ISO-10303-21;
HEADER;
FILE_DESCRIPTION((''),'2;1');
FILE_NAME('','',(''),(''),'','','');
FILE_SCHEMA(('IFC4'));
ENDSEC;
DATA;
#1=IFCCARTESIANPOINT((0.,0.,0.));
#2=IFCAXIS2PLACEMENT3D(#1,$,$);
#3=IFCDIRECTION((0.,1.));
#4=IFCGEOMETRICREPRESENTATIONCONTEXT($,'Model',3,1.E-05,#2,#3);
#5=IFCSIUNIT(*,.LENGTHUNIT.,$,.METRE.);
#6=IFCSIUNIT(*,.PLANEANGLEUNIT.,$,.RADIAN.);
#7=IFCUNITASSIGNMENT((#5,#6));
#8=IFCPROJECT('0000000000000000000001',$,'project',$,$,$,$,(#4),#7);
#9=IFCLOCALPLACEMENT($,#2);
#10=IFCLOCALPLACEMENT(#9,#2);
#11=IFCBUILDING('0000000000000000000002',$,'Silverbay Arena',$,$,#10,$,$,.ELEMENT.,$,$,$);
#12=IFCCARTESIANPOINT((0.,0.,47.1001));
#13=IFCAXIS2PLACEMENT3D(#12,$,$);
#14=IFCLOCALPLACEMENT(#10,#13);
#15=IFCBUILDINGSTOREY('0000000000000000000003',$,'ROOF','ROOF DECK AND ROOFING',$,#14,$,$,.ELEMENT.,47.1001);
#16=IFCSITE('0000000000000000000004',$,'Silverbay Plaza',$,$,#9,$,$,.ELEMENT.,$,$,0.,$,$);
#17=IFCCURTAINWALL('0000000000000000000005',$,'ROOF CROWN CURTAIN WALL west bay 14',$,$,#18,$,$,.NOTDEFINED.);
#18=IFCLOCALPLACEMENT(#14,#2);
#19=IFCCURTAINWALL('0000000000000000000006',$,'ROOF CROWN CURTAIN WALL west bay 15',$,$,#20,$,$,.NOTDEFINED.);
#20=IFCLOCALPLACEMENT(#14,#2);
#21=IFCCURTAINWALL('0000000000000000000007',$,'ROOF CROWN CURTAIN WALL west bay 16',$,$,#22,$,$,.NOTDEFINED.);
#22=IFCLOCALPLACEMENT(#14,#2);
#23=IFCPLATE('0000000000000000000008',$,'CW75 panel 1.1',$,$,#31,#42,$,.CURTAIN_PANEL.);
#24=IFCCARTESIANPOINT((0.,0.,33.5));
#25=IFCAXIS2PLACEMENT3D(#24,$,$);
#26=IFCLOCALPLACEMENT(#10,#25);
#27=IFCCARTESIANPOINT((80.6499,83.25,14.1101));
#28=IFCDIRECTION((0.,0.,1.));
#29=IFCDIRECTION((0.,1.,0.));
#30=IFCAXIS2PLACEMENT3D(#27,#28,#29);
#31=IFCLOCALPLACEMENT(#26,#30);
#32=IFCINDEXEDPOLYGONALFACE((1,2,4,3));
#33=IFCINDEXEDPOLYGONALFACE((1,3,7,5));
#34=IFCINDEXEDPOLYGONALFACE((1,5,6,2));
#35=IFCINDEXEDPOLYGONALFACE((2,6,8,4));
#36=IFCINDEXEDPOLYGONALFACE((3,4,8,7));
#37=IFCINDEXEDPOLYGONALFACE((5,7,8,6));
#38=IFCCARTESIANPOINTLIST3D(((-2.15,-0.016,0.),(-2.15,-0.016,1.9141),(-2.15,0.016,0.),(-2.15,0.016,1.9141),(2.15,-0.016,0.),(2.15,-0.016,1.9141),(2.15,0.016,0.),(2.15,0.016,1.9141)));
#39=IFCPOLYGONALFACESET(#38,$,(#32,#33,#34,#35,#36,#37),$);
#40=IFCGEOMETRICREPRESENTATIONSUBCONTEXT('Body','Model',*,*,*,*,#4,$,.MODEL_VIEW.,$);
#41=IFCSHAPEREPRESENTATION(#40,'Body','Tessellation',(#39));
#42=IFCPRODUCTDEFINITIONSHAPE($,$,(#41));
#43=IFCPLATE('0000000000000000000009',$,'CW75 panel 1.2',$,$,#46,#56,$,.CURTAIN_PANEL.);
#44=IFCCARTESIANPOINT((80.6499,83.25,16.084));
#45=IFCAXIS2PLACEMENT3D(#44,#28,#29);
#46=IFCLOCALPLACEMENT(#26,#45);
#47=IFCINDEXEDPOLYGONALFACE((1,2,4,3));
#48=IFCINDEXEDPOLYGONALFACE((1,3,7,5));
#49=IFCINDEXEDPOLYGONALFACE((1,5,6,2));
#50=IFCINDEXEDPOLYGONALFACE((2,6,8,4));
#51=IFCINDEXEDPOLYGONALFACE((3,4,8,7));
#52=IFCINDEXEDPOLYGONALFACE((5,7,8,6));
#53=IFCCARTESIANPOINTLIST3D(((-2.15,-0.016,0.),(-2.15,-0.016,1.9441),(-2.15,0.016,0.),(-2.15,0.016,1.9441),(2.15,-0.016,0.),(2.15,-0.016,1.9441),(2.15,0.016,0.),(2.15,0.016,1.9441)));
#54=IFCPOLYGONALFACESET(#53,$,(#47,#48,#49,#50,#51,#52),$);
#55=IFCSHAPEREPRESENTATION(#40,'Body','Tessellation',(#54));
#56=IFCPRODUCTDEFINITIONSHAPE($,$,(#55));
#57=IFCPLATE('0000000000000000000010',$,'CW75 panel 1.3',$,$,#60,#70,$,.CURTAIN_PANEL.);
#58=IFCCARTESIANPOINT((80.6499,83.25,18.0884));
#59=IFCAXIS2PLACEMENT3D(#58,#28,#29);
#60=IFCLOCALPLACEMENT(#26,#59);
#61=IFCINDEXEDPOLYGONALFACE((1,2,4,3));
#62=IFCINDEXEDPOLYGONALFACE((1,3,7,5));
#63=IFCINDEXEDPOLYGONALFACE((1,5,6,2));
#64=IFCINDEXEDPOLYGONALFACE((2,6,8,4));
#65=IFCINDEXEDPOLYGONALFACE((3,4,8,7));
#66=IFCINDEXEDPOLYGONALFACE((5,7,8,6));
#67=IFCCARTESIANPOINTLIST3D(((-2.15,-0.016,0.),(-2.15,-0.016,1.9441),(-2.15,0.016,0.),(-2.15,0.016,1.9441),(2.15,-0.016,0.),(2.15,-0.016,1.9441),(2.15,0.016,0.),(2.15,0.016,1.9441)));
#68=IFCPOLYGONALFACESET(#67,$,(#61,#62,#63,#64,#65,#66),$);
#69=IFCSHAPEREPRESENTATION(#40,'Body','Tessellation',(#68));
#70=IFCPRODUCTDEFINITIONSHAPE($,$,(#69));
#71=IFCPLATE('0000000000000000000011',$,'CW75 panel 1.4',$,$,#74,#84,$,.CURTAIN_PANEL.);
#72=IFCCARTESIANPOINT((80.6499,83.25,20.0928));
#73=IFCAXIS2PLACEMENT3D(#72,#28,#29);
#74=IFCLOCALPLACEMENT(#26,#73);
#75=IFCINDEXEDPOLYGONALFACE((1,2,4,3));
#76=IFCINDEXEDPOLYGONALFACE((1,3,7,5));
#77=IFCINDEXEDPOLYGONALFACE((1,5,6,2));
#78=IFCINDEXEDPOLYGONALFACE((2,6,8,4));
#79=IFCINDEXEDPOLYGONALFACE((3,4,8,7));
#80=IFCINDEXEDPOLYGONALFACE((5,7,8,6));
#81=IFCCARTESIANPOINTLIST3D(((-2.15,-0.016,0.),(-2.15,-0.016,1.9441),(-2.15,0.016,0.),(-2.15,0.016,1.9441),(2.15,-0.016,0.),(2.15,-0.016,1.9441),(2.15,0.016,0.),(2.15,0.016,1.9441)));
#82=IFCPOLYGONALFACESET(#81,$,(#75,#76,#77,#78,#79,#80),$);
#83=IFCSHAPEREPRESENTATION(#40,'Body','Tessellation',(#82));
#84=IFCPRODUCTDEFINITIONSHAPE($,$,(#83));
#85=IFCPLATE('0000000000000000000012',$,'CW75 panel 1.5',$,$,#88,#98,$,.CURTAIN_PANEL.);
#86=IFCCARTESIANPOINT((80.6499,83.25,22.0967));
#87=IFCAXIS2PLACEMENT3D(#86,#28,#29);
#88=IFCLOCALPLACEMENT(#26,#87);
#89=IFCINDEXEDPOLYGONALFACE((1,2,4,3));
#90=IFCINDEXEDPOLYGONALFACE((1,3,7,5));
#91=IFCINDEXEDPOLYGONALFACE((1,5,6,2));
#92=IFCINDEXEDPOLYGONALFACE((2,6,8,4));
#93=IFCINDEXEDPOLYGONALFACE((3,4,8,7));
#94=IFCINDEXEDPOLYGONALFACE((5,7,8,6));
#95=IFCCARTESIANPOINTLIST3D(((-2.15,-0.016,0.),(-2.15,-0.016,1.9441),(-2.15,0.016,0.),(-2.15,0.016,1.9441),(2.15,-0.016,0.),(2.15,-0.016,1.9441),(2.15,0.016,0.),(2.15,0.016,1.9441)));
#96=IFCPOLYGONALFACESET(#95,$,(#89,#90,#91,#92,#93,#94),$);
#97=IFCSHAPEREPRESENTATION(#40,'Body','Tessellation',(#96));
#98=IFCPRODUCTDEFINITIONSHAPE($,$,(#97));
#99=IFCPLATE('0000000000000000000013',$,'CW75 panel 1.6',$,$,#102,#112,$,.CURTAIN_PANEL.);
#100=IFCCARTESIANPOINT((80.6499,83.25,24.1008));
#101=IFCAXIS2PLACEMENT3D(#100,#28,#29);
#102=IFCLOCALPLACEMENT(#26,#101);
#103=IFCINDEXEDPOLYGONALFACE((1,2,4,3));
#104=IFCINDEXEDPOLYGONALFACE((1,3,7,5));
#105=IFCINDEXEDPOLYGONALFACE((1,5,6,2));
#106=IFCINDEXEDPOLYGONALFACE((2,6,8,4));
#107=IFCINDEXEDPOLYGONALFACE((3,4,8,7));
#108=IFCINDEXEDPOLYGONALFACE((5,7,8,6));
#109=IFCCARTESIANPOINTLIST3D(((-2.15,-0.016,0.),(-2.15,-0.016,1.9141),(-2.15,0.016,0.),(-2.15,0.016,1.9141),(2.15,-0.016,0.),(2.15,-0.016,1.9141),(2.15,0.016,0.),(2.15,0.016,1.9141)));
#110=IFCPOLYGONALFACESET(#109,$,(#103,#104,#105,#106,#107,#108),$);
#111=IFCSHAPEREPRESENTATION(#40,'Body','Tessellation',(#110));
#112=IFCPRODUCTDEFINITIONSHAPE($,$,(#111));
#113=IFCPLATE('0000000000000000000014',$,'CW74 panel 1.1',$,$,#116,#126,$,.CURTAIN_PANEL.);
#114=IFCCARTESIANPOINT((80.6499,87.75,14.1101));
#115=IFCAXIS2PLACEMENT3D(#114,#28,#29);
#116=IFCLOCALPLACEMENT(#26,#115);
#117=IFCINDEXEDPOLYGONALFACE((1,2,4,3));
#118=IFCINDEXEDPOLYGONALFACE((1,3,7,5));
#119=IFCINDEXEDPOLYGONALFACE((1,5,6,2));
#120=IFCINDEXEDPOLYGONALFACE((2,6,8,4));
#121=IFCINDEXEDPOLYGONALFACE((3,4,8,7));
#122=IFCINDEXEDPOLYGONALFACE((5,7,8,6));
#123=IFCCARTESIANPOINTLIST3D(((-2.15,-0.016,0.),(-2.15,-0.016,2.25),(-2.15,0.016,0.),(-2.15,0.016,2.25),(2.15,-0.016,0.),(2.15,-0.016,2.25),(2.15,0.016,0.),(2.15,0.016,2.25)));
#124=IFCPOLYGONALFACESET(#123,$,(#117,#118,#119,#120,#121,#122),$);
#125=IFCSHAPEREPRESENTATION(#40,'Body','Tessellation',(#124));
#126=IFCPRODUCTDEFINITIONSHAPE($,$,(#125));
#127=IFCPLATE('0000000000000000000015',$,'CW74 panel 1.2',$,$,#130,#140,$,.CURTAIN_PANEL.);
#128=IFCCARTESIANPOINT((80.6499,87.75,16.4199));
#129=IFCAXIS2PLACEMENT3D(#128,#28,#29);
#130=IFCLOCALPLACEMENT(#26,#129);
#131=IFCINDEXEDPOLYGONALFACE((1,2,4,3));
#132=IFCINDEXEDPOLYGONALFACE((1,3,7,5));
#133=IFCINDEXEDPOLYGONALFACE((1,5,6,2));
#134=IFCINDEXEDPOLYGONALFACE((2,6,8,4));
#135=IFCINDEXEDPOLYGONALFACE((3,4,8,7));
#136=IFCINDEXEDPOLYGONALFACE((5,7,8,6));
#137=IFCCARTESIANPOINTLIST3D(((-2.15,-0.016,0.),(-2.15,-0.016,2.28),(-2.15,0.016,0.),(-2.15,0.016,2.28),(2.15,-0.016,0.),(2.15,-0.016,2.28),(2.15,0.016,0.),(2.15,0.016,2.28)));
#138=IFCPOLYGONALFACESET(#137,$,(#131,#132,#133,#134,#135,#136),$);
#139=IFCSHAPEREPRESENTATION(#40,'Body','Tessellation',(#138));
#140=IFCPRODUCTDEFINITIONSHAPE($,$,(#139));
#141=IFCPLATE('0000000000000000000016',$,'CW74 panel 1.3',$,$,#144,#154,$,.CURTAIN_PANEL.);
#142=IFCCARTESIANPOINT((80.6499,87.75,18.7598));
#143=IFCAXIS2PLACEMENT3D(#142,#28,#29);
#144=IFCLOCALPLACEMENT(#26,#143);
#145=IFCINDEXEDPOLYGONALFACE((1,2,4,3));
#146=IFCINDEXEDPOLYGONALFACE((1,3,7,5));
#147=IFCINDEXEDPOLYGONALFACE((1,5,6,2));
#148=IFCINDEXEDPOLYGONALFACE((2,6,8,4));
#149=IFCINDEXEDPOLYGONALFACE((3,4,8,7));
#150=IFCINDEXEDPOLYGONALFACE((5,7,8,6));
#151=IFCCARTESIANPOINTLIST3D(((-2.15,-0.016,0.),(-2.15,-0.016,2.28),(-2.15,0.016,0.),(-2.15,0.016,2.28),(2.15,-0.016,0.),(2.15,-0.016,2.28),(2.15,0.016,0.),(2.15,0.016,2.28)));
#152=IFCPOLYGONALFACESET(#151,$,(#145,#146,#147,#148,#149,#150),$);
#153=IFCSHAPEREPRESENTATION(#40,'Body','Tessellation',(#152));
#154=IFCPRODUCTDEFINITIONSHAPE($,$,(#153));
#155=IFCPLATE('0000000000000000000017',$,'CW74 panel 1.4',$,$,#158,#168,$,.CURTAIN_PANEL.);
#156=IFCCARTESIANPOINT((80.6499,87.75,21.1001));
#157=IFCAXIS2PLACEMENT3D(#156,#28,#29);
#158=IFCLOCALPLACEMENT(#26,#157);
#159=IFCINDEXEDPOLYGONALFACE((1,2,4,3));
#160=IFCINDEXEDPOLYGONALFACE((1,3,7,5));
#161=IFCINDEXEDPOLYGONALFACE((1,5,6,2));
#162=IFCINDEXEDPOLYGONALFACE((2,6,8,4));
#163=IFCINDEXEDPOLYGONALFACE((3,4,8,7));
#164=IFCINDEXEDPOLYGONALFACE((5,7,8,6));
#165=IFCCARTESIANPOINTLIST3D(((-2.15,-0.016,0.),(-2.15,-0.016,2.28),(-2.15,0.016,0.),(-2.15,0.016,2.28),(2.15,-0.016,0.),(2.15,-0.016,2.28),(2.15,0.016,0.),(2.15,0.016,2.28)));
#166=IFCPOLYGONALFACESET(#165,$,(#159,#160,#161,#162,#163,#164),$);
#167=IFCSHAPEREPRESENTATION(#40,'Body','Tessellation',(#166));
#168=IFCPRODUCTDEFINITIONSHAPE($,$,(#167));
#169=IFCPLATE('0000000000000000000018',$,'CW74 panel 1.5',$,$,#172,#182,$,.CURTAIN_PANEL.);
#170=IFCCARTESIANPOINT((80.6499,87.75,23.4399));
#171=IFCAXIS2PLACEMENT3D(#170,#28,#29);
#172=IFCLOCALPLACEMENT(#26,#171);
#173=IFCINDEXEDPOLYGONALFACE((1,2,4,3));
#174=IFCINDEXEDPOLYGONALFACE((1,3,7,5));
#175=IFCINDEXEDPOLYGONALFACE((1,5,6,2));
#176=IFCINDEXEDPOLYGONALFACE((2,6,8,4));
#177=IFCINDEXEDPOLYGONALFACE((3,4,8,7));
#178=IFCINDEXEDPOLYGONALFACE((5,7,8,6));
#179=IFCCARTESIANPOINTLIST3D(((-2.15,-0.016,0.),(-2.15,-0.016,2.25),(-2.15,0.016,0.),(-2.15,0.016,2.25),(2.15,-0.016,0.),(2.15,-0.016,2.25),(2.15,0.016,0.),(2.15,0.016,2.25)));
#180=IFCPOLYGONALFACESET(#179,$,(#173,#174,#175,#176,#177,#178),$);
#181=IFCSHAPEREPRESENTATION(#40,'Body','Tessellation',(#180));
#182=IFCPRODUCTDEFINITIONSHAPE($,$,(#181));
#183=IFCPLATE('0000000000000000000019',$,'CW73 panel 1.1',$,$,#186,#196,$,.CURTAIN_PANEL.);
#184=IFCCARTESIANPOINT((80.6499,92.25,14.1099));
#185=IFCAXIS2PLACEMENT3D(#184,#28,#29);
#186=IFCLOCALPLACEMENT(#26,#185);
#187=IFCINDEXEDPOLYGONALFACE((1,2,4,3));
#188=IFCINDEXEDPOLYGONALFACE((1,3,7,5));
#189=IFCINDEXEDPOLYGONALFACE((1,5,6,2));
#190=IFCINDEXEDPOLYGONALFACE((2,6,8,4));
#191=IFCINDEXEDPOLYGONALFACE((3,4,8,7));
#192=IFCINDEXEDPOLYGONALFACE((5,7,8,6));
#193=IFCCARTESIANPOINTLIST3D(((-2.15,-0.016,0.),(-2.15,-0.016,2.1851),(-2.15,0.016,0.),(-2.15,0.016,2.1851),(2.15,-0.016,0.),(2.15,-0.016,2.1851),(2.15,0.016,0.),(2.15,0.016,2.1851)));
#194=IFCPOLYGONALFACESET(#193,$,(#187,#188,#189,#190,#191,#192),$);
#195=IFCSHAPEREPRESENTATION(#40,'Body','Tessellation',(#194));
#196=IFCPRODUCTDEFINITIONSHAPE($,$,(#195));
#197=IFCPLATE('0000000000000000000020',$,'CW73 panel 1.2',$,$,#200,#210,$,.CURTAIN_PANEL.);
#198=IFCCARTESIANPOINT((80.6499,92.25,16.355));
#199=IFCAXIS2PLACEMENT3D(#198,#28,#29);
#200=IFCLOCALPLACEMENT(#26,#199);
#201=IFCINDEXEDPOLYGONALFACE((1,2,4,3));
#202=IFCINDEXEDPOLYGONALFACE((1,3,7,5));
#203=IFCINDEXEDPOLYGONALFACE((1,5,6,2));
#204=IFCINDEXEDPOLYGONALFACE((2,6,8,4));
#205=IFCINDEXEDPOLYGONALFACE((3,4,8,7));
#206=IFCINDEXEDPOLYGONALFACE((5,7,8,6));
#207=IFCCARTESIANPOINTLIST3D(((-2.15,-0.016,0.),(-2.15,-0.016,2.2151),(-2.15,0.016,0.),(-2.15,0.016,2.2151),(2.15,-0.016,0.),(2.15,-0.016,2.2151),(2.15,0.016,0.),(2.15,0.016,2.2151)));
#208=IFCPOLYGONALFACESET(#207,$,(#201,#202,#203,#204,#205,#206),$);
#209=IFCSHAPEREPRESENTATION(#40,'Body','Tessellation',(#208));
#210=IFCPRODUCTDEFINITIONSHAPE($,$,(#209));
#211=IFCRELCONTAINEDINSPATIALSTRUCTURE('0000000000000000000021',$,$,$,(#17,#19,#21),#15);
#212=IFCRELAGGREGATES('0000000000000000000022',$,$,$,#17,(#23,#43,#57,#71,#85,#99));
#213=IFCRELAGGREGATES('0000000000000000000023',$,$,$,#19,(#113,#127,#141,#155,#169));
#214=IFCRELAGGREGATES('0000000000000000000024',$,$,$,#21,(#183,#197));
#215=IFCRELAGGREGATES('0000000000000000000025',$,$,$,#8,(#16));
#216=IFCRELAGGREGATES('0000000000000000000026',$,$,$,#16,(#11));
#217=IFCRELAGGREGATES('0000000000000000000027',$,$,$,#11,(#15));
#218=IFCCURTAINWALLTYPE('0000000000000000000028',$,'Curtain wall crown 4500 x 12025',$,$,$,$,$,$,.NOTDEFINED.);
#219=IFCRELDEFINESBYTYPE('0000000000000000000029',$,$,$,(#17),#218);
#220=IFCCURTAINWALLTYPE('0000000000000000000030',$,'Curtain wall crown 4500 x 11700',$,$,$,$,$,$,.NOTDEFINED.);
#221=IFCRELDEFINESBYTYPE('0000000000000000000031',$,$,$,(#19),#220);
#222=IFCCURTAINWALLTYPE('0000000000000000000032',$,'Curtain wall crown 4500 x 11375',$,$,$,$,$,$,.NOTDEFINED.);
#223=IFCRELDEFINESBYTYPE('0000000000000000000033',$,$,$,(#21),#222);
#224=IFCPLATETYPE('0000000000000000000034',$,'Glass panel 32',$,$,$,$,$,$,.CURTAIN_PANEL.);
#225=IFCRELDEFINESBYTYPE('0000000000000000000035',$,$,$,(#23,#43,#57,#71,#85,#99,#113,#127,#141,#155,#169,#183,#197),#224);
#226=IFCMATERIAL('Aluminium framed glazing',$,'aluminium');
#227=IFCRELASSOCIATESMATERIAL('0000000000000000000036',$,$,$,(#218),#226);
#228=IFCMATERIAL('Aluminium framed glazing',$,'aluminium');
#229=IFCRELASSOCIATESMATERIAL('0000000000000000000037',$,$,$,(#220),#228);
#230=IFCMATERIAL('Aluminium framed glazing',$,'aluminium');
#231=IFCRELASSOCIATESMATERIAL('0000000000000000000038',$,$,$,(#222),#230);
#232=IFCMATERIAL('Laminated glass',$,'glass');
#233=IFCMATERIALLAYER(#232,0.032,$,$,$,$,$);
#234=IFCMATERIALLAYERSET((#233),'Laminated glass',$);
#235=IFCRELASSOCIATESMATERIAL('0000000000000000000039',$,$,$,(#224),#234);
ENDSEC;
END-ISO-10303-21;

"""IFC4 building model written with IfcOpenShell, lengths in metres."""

from ifc_helpers import new_model, si_unit, direction, frame, origin, origin_2d, place, context, subcontext, project, spatial, rectangle, extrude, material, layer, layer_set, type_object, element, aggregate, save


model = new_model("IFC4")

# Units and contexts
model_context = context("Model", 3, precision=1e-05, world=origin(), true_north=direction((0.0, 1.0)))
body_context = subcontext(model_context, "Body", "Model", "MODEL_VIEW")
ifc_project = project(units=[si_unit("LENGTHUNIT", "METRE"), si_unit("PLANEANGLEUNIT", "RADIAN")], contexts=[model_context])

# Site, building, storey
site_placement = place(None, origin())
site = spatial("IfcSite", under=ifc_project, at=site_placement, Name="Silverbay Plaza", CompositionType="ELEMENT", RefElevation=0.0)
building_placement = place(site_placement, origin())
building = spatial("IfcBuilding", under=site, at=building_placement, Name="Silverbay Arena", CompositionType="ELEMENT")
storey_placement = place(building_placement, frame((0.0, 0.0, 47.1001)))
storey = spatial("IfcBuildingStorey", under=building, at=storey_placement, Name="ROOF", Description="ROOF DECK AND ROOFING", CompositionType="ELEMENT", Elevation=47.1001)

# Curtain wall
ifc_material_1 = material(Name="Aluminium framed glazing", Category="aluminium")
curtain_wall_type_1 = type_object("IfcCurtainWallType", Name="Curtain wall crown 4500 x 12025", PredefinedType="NOTDEFINED", material=ifc_material_1)
curtain_wall_1_placement = place(storey_placement, origin())
curtain_wall_1 = element("IfcCurtainWall", 1, at=curtain_wall_1_placement, inside=storey, type_object=curtain_wall_type_1, Name="ROOF CROWN CURTAIN WALL west bay 14", PredefinedType="NOTDEFINED")
placement = place(building_placement, frame((0.0, 0.0, 33.5)))

# Curtain wall
ifc_material_2 = material(Name="Aluminium framed glazing", Category="aluminium")
curtain_wall_type_2 = type_object("IfcCurtainWallType", Name="Curtain wall crown 4500 x 11700", PredefinedType="NOTDEFINED", material=ifc_material_2)
curtain_wall_2_placement = place(storey_placement, origin())
curtain_wall_2 = element("IfcCurtainWall", 2, at=curtain_wall_2_placement, inside=storey, type_object=curtain_wall_type_2, Name="ROOF CROWN CURTAIN WALL west bay 15", PredefinedType="NOTDEFINED")

# Curtain wall
ifc_material_3 = material(Name="Aluminium framed glazing", Category="aluminium")
curtain_wall_type_3 = type_object("IfcCurtainWallType", Name="Curtain wall crown 4500 x 11375", PredefinedType="NOTDEFINED", material=ifc_material_3)
curtain_wall_3_placement = place(storey_placement, origin())
curtain_wall_3 = element("IfcCurtainWall", 3, at=curtain_wall_3_placement, inside=storey, type_object=curtain_wall_type_3, Name="ROOF CROWN CURTAIN WALL west bay 16", PredefinedType="NOTDEFINED")

# Plates
ifc_material_4 = material(Name="Laminated glass", Category="glass")
ifc_layer_1 = layer(ifc_material_4, 0.032)
ifc_layer_set_1 = layer_set([ifc_layer_1], Name="Laminated glass")
plate_type = type_object("IfcPlateType", Name="Glass panel 32", PredefinedType="CURTAIN_PANEL", material=ifc_layer_set_1)
plate_1_placement = place(placement, frame((80.6499, 83.25, 14.1101), z_axis=(0.0, 0.0, 1.0), x_axis=(0.0, 1.0, 0.0)))
plate_1 = element("IfcPlate", 4, at=plate_1_placement, type_object=plate_type, Name="CW75 panel 1.1", PredefinedType="CURTAIN_PANEL", context=body_context, shape_type="SweptSolid", body=[
    extrude(rectangle(XDim=4.3, YDim=0.032, at=origin_2d()), origin(), (0.0, 0.0, 1.0), 1.9141),
])
plate_2_placement = place(placement, frame((80.6499, 83.25, 16.084), z_axis=(0.0, 0.0, 1.0), x_axis=(0.0, 1.0, 0.0)))
plate_2 = element("IfcPlate", 5, at=plate_2_placement, type_object=plate_type, Name="CW75 panel 1.2", PredefinedType="CURTAIN_PANEL", context=body_context, shape_type="SweptSolid", body=[
    extrude(rectangle(XDim=4.3, YDim=0.032, at=origin_2d()), origin(), (0.0, 0.0, 1.0), 1.9441),
])
plate_3_placement = place(placement, frame((80.6499, 83.25, 18.0884), z_axis=(0.0, 0.0, 1.0), x_axis=(0.0, 1.0, 0.0)))
plate_3 = element("IfcPlate", 6, at=plate_3_placement, type_object=plate_type, Name="CW75 panel 1.3", PredefinedType="CURTAIN_PANEL", context=body_context, shape_type="SweptSolid", body=[
    extrude(rectangle(XDim=4.3, YDim=0.032, at=origin_2d()), origin(), (0.0, 0.0, 1.0), 1.9441),
])
plate_4_placement = place(placement, frame((80.6499, 83.25, 20.0928), z_axis=(0.0, 0.0, 1.0), x_axis=(0.0, 1.0, 0.0)))
plate_4 = element("IfcPlate", 7, at=plate_4_placement, type_object=plate_type, Name="CW75 panel 1.4", PredefinedType="CURTAIN_PANEL", context=body_context, shape_type="SweptSolid", body=[
    extrude(rectangle(XDim=4.3, YDim=0.032, at=origin_2d()), origin(), (0.0, 0.0, 1.0), 1.9441),
])
plate_5_placement = place(placement, frame((80.6499, 83.25, 22.0967), z_axis=(0.0, 0.0, 1.0), x_axis=(0.0, 1.0, 0.0)))
plate_5 = element("IfcPlate", 8, at=plate_5_placement, type_object=plate_type, Name="CW75 panel 1.5", PredefinedType="CURTAIN_PANEL", context=body_context, shape_type="SweptSolid", body=[
    extrude(rectangle(XDim=4.3, YDim=0.032, at=origin_2d()), origin(), (0.0, 0.0, 1.0), 1.9441),
])
plate_6_placement = place(placement, frame((80.6499, 83.25, 24.1008), z_axis=(0.0, 0.0, 1.0), x_axis=(0.0, 1.0, 0.0)))
plate_6 = element("IfcPlate", 9, at=plate_6_placement, type_object=plate_type, Name="CW75 panel 1.6", PredefinedType="CURTAIN_PANEL", context=body_context, shape_type="SweptSolid", body=[
    extrude(rectangle(XDim=4.3, YDim=0.032, at=origin_2d()), origin(), (0.0, 0.0, 1.0), 1.9141),
])
aggregate(curtain_wall_1, [plate_1, plate_2, plate_3, plate_4, plate_5, plate_6])
plate_7_placement = place(placement, frame((80.6499, 87.75, 14.1101), z_axis=(0.0, 0.0, 1.0), x_axis=(0.0, 1.0, 0.0)))
plate_7 = element("IfcPlate", 10, at=plate_7_placement, type_object=plate_type, Name="CW74 panel 1.1", PredefinedType="CURTAIN_PANEL", context=body_context, shape_type="SweptSolid", body=[
    extrude(rectangle(XDim=4.3, YDim=0.032, at=origin_2d()), origin(), (0.0, 0.0, 1.0), 2.25),
])
plate_8_placement = place(placement, frame((80.6499, 87.75, 16.4199), z_axis=(0.0, 0.0, 1.0), x_axis=(0.0, 1.0, 0.0)))
plate_8 = element("IfcPlate", 11, at=plate_8_placement, type_object=plate_type, Name="CW74 panel 1.2", PredefinedType="CURTAIN_PANEL", context=body_context, shape_type="SweptSolid", body=[
    extrude(rectangle(XDim=4.3, YDim=0.032, at=origin_2d()), origin(), (0.0, 0.0, 1.0), 2.28),
])
plate_9_placement = place(placement, frame((80.6499, 87.75, 18.7598), z_axis=(0.0, 0.0, 1.0), x_axis=(0.0, 1.0, 0.0)))
plate_9 = element("IfcPlate", 12, at=plate_9_placement, type_object=plate_type, Name="CW74 panel 1.3", PredefinedType="CURTAIN_PANEL", context=body_context, shape_type="SweptSolid", body=[
    extrude(rectangle(XDim=4.3, YDim=0.032, at=origin_2d()), origin(), (0.0, 0.0, 1.0), 2.28),
])
plate_10_placement = place(placement, frame((80.6499, 87.75, 21.1001), z_axis=(0.0, 0.0, 1.0), x_axis=(0.0, 1.0, 0.0)))
plate_10 = element("IfcPlate", 13, at=plate_10_placement, type_object=plate_type, Name="CW74 panel 1.4", PredefinedType="CURTAIN_PANEL", context=body_context, shape_type="SweptSolid", body=[
    extrude(rectangle(XDim=4.3, YDim=0.032, at=origin_2d()), origin(), (0.0, 0.0, 1.0), 2.28),
])
plate_11_placement = place(placement, frame((80.6499, 87.75, 23.4399), z_axis=(0.0, 0.0, 1.0), x_axis=(0.0, 1.0, 0.0)))
plate_11 = element("IfcPlate", 14, at=plate_11_placement, type_object=plate_type, Name="CW74 panel 1.5", PredefinedType="CURTAIN_PANEL", context=body_context, shape_type="SweptSolid", body=[
    extrude(rectangle(XDim=4.3, YDim=0.032, at=origin_2d()), origin(), (0.0, 0.0, 1.0), 2.25),
])
aggregate(curtain_wall_2, [plate_7, plate_8, plate_9, plate_10, plate_11])
plate_12_placement = place(placement, frame((80.6499, 92.25, 14.1099), z_axis=(0.0, 0.0, 1.0), x_axis=(0.0, 1.0, 0.0)))
plate_12 = element("IfcPlate", 15, at=plate_12_placement, type_object=plate_type, Name="CW73 panel 1.1", PredefinedType="CURTAIN_PANEL", context=body_context, shape_type="SweptSolid", body=[
    extrude(rectangle(XDim=4.3, YDim=0.032, at=origin_2d()), origin(), (0.0, 0.0, 1.0), 2.1851),
])
plate_13_placement = place(placement, frame((80.6499, 92.25, 16.355), z_axis=(0.0, 0.0, 1.0), x_axis=(0.0, 1.0, 0.0)))
plate_13 = element("IfcPlate", 16, at=plate_13_placement, type_object=plate_type, Name="CW73 panel 1.2", PredefinedType="CURTAIN_PANEL", context=body_context, shape_type="SweptSolid", body=[
    extrude(rectangle(XDim=4.3, YDim=0.032, at=origin_2d()), origin(), (0.0, 0.0, 1.0), 2.2151),
])
aggregate(curtain_wall_3, [plate_12, plate_13])

save(model, "model.ifc")
